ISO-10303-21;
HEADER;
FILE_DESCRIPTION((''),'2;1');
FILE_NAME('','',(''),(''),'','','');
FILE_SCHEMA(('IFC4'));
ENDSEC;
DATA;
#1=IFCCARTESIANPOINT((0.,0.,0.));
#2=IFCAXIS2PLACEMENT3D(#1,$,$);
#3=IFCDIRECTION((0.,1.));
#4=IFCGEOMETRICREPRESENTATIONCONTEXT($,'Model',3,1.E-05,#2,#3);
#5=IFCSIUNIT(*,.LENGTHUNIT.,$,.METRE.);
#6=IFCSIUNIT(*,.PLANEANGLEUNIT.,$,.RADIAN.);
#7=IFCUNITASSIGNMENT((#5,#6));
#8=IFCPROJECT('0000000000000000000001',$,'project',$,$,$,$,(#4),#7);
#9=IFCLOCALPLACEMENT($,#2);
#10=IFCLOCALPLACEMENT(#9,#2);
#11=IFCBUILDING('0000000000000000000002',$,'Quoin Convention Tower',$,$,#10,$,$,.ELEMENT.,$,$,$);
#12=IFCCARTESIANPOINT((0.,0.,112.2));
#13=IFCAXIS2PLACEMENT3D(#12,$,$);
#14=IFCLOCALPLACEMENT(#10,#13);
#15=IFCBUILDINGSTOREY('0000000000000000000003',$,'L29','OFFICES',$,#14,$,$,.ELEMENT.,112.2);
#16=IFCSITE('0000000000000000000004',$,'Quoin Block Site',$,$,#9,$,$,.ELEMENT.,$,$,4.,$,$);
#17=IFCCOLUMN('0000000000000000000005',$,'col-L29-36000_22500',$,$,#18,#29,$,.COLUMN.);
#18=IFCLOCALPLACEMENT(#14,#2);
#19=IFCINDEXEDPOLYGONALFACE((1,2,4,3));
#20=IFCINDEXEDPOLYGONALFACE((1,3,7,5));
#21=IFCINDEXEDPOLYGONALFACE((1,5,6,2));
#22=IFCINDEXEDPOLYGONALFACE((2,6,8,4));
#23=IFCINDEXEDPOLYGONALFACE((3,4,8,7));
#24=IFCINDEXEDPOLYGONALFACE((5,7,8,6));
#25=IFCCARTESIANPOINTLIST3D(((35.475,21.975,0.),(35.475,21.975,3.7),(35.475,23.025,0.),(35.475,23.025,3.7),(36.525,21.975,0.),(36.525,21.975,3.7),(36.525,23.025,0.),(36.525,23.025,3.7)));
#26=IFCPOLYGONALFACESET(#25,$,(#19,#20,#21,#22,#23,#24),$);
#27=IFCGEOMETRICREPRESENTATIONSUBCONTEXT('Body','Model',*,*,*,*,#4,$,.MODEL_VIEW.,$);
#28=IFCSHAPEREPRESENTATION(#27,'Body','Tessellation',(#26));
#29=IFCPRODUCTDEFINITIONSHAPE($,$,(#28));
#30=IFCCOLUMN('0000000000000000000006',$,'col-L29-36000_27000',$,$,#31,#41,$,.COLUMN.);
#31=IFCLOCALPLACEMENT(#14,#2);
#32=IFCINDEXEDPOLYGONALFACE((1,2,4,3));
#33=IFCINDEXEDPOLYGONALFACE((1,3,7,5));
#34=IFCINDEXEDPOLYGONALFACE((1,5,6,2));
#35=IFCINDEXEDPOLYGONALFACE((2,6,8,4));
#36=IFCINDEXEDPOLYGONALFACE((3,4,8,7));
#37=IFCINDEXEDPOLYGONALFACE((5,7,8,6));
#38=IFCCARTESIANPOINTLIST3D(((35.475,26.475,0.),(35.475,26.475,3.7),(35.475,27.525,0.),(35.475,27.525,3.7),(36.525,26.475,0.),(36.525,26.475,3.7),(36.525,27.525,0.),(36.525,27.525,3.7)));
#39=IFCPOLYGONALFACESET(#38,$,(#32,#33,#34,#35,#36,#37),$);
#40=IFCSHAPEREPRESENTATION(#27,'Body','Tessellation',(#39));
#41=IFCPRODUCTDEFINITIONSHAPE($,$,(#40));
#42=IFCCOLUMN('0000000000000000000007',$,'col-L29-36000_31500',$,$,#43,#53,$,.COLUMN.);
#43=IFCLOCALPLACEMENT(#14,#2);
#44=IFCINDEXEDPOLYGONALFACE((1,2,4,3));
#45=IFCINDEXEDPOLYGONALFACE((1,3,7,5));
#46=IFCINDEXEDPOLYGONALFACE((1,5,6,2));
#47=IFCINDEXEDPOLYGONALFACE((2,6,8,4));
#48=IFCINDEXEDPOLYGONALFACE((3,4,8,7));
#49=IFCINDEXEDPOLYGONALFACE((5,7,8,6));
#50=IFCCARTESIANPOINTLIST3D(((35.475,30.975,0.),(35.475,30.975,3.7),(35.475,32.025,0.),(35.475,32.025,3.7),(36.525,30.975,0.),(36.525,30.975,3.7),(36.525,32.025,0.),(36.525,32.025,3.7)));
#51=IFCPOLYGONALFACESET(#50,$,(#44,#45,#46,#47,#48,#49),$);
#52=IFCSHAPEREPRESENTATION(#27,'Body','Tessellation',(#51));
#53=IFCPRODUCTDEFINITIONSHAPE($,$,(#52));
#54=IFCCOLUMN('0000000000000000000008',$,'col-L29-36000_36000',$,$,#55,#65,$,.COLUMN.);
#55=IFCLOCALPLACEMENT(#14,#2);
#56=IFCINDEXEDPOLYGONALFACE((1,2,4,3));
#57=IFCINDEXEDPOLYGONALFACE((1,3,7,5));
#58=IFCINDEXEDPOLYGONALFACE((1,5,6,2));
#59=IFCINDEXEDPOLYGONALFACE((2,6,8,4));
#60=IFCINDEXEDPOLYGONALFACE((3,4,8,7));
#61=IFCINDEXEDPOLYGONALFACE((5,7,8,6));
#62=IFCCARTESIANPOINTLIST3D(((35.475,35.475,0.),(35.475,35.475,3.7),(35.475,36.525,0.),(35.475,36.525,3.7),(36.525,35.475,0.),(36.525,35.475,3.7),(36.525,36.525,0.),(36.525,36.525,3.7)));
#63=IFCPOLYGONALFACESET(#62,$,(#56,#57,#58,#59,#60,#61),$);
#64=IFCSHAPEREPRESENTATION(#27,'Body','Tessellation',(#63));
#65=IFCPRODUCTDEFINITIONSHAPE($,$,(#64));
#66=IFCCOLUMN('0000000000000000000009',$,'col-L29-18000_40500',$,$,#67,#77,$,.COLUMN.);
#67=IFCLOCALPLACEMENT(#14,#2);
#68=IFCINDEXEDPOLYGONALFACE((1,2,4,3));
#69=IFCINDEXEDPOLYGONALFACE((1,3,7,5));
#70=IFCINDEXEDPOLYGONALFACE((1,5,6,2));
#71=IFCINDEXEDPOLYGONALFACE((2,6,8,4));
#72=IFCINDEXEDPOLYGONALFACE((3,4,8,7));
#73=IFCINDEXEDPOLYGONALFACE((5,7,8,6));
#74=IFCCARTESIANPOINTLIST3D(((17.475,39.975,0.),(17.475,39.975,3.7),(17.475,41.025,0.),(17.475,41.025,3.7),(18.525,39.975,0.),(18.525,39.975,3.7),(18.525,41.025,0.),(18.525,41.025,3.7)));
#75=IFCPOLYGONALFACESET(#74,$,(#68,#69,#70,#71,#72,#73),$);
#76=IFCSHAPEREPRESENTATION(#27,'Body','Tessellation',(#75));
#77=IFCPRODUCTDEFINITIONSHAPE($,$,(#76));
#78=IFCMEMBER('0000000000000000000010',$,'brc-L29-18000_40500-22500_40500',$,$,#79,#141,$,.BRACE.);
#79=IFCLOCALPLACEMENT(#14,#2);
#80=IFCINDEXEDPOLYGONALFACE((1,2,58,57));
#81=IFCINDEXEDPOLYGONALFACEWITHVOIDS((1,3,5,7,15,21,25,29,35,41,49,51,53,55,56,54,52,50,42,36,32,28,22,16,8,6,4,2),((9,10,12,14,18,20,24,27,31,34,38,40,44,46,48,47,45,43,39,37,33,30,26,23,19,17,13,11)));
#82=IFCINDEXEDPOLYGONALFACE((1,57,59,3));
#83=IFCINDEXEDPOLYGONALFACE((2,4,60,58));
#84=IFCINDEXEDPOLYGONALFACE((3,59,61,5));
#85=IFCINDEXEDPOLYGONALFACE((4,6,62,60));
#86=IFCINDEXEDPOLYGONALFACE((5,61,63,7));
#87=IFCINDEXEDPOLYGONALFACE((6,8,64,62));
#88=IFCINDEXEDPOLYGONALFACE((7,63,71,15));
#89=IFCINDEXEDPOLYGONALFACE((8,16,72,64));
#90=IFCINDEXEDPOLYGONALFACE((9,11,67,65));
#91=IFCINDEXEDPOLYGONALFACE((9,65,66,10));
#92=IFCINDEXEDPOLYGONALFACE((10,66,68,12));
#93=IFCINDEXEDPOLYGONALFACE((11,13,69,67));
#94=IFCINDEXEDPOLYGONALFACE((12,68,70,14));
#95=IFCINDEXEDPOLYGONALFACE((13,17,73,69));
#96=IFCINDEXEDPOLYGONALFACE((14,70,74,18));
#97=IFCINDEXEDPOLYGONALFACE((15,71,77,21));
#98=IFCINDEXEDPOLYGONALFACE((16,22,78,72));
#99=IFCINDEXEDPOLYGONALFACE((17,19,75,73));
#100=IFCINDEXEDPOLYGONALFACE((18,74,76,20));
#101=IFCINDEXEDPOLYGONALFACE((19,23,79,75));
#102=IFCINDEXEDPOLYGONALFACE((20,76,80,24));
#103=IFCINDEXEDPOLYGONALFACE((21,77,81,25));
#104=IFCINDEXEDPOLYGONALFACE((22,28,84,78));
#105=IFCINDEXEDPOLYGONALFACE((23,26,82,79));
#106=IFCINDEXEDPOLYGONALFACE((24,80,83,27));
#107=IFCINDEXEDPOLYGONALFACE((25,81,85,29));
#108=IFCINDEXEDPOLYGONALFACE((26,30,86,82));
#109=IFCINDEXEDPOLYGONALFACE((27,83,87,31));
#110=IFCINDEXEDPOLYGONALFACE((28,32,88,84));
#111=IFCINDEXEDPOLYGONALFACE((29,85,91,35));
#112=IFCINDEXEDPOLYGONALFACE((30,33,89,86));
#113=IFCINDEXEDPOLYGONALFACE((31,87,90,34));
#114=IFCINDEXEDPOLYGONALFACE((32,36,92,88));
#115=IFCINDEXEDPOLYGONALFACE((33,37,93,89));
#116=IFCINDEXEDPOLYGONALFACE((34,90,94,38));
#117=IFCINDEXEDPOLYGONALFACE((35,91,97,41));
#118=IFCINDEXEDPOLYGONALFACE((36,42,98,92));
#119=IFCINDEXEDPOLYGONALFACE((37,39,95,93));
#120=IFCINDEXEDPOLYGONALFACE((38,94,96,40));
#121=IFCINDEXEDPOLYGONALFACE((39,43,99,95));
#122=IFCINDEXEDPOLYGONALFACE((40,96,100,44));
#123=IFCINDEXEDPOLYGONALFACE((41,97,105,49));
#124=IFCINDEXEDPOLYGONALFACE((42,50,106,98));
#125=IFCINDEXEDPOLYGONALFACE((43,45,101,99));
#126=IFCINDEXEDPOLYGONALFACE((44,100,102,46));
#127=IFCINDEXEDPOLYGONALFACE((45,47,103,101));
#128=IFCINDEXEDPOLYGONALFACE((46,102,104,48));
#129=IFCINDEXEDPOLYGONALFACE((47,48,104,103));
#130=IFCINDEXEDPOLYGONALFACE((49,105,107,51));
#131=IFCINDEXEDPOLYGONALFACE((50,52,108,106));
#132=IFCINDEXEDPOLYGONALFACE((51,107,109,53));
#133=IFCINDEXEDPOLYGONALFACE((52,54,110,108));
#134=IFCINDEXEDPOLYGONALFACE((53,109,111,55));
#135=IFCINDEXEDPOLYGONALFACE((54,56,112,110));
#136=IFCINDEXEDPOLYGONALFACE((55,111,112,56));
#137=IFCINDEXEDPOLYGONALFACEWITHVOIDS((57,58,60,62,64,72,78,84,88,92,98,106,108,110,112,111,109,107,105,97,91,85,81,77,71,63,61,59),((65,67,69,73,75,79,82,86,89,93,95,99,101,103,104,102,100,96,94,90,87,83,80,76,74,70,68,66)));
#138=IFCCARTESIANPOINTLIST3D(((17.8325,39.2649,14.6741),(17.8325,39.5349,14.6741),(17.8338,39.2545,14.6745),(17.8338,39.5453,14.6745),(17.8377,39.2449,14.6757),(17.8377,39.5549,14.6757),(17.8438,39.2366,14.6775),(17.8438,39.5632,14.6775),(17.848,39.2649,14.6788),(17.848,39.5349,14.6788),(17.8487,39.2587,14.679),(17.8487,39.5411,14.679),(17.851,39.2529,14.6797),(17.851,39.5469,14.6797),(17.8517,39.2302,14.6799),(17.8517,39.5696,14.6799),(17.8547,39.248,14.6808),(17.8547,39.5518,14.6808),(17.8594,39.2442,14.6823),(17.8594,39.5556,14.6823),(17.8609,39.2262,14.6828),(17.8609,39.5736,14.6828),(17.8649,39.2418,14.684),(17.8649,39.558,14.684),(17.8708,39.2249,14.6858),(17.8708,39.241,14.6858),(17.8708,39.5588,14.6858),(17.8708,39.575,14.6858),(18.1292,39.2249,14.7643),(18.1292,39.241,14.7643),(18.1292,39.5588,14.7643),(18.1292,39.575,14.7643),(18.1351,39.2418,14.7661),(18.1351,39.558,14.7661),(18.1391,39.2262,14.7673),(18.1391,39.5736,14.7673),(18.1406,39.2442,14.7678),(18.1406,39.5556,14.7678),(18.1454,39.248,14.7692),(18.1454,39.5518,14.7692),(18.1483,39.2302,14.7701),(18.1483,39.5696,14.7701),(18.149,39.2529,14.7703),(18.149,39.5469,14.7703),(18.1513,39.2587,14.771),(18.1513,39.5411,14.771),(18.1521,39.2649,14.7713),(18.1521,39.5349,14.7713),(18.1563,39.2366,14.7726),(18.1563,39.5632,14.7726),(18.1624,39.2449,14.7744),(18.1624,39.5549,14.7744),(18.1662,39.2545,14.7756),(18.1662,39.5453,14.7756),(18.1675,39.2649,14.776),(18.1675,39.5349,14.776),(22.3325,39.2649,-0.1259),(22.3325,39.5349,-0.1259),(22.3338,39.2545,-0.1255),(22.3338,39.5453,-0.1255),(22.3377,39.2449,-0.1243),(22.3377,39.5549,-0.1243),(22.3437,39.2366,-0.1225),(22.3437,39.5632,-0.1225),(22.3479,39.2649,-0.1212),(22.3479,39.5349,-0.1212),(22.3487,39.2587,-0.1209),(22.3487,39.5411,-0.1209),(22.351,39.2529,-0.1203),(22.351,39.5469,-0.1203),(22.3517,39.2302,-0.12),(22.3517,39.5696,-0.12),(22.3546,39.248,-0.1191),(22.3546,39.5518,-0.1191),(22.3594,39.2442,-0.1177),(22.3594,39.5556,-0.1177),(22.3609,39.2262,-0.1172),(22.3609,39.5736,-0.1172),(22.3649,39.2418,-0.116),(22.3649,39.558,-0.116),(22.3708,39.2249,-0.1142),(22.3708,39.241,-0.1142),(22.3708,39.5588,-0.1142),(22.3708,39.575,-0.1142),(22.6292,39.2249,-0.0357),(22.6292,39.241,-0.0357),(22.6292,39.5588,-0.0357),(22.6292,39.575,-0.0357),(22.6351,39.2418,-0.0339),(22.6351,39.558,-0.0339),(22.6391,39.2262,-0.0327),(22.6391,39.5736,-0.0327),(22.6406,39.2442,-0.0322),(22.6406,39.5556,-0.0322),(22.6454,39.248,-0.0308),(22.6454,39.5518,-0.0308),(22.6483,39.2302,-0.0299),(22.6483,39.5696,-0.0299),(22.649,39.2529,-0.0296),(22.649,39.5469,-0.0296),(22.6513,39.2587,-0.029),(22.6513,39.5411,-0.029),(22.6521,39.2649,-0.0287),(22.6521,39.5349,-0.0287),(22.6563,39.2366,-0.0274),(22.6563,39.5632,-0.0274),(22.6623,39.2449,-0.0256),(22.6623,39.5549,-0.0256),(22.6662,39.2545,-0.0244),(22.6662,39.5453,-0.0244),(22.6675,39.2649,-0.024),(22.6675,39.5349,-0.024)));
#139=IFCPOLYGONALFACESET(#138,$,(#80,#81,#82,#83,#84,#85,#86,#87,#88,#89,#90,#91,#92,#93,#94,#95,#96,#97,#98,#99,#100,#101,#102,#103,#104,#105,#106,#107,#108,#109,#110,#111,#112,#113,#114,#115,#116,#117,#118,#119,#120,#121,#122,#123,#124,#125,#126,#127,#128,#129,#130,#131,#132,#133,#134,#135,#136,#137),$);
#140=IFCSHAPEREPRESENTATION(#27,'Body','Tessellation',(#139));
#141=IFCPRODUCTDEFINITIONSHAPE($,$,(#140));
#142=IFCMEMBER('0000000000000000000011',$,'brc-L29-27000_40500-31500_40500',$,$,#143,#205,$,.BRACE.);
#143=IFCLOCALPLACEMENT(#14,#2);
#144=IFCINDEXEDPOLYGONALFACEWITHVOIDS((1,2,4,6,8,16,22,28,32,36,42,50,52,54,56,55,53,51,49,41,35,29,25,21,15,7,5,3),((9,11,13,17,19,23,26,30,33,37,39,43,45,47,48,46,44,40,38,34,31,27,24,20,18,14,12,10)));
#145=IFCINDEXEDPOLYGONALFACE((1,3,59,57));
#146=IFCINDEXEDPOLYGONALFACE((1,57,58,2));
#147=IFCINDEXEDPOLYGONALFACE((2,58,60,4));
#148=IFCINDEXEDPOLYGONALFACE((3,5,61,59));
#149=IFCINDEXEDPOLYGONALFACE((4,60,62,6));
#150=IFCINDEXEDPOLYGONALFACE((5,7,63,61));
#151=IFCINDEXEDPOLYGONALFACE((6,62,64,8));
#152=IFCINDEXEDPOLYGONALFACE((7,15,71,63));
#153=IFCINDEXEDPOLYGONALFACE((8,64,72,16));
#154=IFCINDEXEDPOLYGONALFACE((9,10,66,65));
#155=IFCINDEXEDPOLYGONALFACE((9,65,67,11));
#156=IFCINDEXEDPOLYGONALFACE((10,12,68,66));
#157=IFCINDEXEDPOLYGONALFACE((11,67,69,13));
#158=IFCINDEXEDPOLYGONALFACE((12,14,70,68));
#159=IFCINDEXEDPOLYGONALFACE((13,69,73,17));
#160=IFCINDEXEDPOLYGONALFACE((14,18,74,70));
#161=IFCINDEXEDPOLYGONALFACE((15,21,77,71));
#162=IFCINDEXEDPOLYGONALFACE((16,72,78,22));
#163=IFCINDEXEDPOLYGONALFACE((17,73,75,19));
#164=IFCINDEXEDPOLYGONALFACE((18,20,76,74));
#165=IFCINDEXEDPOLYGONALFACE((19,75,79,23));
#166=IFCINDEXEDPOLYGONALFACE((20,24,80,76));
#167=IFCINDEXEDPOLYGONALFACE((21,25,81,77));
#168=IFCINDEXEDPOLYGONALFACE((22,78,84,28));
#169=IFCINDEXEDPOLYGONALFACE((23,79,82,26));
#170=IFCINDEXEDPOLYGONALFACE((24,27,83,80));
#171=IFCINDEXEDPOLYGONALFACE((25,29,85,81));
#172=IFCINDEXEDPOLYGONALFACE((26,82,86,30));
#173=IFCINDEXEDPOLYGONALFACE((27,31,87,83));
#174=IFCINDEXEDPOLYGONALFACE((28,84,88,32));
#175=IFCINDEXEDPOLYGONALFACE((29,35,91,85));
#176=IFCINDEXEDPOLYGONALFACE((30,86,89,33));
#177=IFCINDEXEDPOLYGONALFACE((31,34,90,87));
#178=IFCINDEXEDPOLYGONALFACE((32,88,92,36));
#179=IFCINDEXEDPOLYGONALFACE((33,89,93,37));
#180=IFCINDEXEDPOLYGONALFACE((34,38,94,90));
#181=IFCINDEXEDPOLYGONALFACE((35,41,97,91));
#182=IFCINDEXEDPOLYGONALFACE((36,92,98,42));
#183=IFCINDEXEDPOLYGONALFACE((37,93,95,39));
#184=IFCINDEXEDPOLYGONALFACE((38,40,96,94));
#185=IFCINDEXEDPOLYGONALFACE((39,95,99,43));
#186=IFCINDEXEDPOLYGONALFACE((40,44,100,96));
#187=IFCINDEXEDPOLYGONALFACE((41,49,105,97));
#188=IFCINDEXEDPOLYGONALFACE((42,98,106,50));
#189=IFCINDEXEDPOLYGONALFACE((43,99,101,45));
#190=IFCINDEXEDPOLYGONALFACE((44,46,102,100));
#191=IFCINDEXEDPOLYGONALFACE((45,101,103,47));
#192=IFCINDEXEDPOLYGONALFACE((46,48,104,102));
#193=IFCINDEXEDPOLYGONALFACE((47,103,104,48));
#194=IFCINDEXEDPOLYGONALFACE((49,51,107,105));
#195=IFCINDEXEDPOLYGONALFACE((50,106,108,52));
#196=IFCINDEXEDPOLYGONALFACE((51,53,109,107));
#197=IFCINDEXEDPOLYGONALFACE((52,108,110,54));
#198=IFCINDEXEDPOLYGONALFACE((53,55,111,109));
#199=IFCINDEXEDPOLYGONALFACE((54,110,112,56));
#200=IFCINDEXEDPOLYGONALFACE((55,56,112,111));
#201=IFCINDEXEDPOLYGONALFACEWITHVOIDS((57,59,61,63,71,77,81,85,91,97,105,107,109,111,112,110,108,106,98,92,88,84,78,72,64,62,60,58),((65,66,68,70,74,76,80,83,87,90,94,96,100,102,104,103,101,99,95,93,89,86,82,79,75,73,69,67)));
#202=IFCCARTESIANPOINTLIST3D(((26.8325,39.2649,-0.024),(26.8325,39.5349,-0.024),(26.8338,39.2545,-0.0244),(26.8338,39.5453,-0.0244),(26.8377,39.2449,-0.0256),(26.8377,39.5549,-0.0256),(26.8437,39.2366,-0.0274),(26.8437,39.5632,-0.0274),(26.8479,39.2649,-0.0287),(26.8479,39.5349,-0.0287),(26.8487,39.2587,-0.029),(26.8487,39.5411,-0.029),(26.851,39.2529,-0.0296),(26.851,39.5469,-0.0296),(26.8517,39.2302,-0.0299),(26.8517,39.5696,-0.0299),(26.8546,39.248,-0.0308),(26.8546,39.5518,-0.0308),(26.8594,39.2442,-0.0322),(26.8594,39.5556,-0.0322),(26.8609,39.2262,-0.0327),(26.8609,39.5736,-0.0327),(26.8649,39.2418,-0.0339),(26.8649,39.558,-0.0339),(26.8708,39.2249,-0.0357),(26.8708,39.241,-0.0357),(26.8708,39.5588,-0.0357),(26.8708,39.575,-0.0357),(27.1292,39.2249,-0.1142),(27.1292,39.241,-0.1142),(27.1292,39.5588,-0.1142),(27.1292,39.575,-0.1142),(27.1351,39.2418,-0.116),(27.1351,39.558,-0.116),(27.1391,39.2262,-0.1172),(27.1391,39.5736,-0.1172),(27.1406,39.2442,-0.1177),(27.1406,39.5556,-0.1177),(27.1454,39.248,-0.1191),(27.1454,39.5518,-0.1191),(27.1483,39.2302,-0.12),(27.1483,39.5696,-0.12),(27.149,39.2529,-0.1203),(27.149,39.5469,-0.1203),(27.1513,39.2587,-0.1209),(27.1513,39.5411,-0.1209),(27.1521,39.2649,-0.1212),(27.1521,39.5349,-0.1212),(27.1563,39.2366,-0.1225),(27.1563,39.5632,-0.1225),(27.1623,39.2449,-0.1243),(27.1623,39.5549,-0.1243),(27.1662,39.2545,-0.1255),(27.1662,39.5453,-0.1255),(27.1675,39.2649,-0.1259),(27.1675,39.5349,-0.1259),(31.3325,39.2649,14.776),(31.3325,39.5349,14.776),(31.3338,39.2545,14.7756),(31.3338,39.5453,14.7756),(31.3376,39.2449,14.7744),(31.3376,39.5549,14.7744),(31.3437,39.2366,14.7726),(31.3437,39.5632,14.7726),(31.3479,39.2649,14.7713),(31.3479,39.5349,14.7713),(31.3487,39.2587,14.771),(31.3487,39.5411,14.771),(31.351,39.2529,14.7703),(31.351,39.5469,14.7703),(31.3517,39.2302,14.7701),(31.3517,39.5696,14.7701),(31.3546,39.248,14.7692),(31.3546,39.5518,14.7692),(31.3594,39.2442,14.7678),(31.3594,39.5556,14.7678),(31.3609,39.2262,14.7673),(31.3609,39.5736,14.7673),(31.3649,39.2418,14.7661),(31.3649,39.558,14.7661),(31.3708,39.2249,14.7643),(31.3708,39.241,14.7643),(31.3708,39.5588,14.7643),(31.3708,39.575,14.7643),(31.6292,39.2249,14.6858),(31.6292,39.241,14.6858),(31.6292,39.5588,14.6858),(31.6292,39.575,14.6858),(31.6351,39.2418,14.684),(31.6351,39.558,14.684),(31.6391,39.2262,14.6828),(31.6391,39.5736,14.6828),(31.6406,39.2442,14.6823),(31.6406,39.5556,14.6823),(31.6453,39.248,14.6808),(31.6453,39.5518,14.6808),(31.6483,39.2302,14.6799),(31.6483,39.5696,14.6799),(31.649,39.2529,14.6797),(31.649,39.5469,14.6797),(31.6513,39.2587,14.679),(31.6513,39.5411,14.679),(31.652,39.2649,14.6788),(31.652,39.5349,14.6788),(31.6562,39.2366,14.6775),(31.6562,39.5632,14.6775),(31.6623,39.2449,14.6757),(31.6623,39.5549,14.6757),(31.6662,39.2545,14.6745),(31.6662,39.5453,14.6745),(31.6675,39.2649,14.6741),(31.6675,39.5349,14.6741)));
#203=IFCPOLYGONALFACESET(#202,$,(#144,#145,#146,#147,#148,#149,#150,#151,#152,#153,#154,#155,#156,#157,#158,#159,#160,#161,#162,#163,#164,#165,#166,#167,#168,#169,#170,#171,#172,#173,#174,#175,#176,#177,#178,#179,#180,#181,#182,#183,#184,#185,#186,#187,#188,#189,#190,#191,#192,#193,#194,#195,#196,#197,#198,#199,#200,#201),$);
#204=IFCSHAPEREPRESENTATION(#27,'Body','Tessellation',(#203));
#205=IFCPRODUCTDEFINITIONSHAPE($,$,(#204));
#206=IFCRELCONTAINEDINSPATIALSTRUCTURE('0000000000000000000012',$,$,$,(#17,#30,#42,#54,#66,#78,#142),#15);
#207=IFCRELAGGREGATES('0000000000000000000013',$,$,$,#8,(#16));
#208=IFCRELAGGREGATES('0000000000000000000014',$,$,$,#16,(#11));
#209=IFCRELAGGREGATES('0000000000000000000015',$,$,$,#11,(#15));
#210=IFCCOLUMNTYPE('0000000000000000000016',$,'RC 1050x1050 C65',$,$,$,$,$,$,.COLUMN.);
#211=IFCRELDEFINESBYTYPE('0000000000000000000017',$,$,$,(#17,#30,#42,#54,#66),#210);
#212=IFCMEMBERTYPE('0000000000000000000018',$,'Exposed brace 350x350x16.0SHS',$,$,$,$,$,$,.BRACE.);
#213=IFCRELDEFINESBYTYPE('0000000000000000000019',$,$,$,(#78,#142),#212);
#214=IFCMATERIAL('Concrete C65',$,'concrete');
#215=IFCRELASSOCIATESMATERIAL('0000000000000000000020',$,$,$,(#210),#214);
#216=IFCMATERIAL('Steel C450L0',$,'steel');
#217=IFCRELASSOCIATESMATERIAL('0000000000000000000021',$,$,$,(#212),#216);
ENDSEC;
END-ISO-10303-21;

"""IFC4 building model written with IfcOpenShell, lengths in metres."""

from ifc_helpers import new_model, si_unit, direction, frame, origin, origin_2d, place, context, subcontext, project, spatial, rectangle, hollow_rectangle, extrude, material, material_profile, profile_set, type_object, element, save


model = new_model("IFC4")

# Units and contexts
model_context = context("Model", 3, precision=1e-05, world=origin(), true_north=direction((0.0, 1.0)))
body_context = subcontext(model_context, "Body", "Model", "MODEL_VIEW")
ifc_project = project(units=[si_unit("LENGTHUNIT", "METRE"), si_unit("PLANEANGLEUNIT", "RADIAN")], contexts=[model_context])

# Site, building, storey
site_placement = place(None, origin())
site = spatial("IfcSite", under=ifc_project, at=site_placement, Name="Quoin Block Site", CompositionType="ELEMENT", RefElevation=4.0)
building_placement = place(site_placement, origin())
building = spatial("IfcBuilding", under=site, at=building_placement, Name="Quoin Convention Tower", CompositionType="ELEMENT")
storey_placement = place(building_placement, frame((0.0, 0.0, 112.2)))
storey = spatial("IfcBuildingStorey", under=building, at=storey_placement, Name="L29", Description="OFFICES", CompositionType="ELEMENT", Elevation=112.2)

# Columns
ifc_material_1 = material(Name="Concrete C65", Category="concrete")
ifc_material_profile_1 = material_profile(ifc_material_1, rectangle(XDim=1.05, YDim=1.05, at=origin_2d()), Name="RC 1050x1050")
ifc_profile_set_1 = profile_set([ifc_material_profile_1], Name="Concrete C65")
column_type = type_object("IfcColumnType", Name="RC 1050x1050 C65", PredefinedType="COLUMN", material=ifc_profile_set_1)
for number, where, z_axis, x_axis, name in (
    (1, (36.0, 22.5, 0.0), (0.0, 0.0, 1.0), (1.0, 0.0, 0.0), "col-L29-36000_22500"),
    (2, (36.0, 27.0, 0.0), (0.0, 0.0, 1.0), (1.0, 0.0, 0.0), "col-L29-36000_27000"),
    (3, (36.0, 31.5, 0.0), (0.0, 0.0, 1.0), (1.0, 0.0, 0.0), "col-L29-36000_31500"),
    (4, (36.0, 36.0, 0.0), (0.0, 0.0, 1.0), (1.0, 0.0, 0.0), "col-L29-36000_36000"),
    (5, (18.0, 40.5, 0.0), (0.0, 0.0, 1.0), (1.0, 0.0, 0.0), "col-L29-18000_40500"),
):
    element("IfcColumn", number, at=place(storey_placement, frame(where, z_axis=z_axis, x_axis=x_axis)), inside=storey, type_object=column_type, Name=name, PredefinedType="COLUMN", context=body_context, shape_type="SweptSolid", body=[
        extrude(rectangle(XDim=1.05, YDim=1.05, at=origin_2d()), origin(), (0.0, 0.0, 1.0), 3.7),
    ])

# Members
ifc_material_2 = material(Name="Steel C450L0", Category="steel")
ifc_material_profile_2 = material_profile(ifc_material_2, hollow_rectangle(XDim=0.3501, YDim=0.3501, WallThickness=0.0161, InnerFilletRadius=0.0239, OuterFilletRadius=0.04, at=origin_2d()), Name="350x350x16.0SHS")
ifc_profile_set_2 = profile_set([ifc_material_profile_2], Name="Steel C450L0")
member_type = type_object("IfcMemberType", Name="Exposed brace 350x350x16.0SHS", PredefinedType="BRACE", material=ifc_profile_set_2)
for number, where, z_axis, x_axis, name in (
    (6, (22.5, 39.3999, -0.075), (-0.290903, 0.0, 0.956752), (0.0, -1.0, 0.0), "brc-L29-18000_40500-22500_40500"),
    (7, (27.0, 39.3999, -0.075), (0.290903, 0.0, 0.956752), (0.0, 1.0, 0.0), "brc-L29-27000_40500-31500_40500"),
):
    element("IfcMember", number, at=place(storey_placement, frame(where, z_axis=z_axis, x_axis=x_axis)), inside=storey, type_object=member_type, Name=name, PredefinedType="BRACE", context=body_context, shape_type="SweptSolid", body=[
        extrude(hollow_rectangle(XDim=0.3501, YDim=0.3501, WallThickness=0.0161, InnerFilletRadius=0.0239, OuterFilletRadius=0.04, at=origin_2d()), origin(), (0.0, 0.0, 1.0), 15.469),
    ])

save(model, "model.ifc")
